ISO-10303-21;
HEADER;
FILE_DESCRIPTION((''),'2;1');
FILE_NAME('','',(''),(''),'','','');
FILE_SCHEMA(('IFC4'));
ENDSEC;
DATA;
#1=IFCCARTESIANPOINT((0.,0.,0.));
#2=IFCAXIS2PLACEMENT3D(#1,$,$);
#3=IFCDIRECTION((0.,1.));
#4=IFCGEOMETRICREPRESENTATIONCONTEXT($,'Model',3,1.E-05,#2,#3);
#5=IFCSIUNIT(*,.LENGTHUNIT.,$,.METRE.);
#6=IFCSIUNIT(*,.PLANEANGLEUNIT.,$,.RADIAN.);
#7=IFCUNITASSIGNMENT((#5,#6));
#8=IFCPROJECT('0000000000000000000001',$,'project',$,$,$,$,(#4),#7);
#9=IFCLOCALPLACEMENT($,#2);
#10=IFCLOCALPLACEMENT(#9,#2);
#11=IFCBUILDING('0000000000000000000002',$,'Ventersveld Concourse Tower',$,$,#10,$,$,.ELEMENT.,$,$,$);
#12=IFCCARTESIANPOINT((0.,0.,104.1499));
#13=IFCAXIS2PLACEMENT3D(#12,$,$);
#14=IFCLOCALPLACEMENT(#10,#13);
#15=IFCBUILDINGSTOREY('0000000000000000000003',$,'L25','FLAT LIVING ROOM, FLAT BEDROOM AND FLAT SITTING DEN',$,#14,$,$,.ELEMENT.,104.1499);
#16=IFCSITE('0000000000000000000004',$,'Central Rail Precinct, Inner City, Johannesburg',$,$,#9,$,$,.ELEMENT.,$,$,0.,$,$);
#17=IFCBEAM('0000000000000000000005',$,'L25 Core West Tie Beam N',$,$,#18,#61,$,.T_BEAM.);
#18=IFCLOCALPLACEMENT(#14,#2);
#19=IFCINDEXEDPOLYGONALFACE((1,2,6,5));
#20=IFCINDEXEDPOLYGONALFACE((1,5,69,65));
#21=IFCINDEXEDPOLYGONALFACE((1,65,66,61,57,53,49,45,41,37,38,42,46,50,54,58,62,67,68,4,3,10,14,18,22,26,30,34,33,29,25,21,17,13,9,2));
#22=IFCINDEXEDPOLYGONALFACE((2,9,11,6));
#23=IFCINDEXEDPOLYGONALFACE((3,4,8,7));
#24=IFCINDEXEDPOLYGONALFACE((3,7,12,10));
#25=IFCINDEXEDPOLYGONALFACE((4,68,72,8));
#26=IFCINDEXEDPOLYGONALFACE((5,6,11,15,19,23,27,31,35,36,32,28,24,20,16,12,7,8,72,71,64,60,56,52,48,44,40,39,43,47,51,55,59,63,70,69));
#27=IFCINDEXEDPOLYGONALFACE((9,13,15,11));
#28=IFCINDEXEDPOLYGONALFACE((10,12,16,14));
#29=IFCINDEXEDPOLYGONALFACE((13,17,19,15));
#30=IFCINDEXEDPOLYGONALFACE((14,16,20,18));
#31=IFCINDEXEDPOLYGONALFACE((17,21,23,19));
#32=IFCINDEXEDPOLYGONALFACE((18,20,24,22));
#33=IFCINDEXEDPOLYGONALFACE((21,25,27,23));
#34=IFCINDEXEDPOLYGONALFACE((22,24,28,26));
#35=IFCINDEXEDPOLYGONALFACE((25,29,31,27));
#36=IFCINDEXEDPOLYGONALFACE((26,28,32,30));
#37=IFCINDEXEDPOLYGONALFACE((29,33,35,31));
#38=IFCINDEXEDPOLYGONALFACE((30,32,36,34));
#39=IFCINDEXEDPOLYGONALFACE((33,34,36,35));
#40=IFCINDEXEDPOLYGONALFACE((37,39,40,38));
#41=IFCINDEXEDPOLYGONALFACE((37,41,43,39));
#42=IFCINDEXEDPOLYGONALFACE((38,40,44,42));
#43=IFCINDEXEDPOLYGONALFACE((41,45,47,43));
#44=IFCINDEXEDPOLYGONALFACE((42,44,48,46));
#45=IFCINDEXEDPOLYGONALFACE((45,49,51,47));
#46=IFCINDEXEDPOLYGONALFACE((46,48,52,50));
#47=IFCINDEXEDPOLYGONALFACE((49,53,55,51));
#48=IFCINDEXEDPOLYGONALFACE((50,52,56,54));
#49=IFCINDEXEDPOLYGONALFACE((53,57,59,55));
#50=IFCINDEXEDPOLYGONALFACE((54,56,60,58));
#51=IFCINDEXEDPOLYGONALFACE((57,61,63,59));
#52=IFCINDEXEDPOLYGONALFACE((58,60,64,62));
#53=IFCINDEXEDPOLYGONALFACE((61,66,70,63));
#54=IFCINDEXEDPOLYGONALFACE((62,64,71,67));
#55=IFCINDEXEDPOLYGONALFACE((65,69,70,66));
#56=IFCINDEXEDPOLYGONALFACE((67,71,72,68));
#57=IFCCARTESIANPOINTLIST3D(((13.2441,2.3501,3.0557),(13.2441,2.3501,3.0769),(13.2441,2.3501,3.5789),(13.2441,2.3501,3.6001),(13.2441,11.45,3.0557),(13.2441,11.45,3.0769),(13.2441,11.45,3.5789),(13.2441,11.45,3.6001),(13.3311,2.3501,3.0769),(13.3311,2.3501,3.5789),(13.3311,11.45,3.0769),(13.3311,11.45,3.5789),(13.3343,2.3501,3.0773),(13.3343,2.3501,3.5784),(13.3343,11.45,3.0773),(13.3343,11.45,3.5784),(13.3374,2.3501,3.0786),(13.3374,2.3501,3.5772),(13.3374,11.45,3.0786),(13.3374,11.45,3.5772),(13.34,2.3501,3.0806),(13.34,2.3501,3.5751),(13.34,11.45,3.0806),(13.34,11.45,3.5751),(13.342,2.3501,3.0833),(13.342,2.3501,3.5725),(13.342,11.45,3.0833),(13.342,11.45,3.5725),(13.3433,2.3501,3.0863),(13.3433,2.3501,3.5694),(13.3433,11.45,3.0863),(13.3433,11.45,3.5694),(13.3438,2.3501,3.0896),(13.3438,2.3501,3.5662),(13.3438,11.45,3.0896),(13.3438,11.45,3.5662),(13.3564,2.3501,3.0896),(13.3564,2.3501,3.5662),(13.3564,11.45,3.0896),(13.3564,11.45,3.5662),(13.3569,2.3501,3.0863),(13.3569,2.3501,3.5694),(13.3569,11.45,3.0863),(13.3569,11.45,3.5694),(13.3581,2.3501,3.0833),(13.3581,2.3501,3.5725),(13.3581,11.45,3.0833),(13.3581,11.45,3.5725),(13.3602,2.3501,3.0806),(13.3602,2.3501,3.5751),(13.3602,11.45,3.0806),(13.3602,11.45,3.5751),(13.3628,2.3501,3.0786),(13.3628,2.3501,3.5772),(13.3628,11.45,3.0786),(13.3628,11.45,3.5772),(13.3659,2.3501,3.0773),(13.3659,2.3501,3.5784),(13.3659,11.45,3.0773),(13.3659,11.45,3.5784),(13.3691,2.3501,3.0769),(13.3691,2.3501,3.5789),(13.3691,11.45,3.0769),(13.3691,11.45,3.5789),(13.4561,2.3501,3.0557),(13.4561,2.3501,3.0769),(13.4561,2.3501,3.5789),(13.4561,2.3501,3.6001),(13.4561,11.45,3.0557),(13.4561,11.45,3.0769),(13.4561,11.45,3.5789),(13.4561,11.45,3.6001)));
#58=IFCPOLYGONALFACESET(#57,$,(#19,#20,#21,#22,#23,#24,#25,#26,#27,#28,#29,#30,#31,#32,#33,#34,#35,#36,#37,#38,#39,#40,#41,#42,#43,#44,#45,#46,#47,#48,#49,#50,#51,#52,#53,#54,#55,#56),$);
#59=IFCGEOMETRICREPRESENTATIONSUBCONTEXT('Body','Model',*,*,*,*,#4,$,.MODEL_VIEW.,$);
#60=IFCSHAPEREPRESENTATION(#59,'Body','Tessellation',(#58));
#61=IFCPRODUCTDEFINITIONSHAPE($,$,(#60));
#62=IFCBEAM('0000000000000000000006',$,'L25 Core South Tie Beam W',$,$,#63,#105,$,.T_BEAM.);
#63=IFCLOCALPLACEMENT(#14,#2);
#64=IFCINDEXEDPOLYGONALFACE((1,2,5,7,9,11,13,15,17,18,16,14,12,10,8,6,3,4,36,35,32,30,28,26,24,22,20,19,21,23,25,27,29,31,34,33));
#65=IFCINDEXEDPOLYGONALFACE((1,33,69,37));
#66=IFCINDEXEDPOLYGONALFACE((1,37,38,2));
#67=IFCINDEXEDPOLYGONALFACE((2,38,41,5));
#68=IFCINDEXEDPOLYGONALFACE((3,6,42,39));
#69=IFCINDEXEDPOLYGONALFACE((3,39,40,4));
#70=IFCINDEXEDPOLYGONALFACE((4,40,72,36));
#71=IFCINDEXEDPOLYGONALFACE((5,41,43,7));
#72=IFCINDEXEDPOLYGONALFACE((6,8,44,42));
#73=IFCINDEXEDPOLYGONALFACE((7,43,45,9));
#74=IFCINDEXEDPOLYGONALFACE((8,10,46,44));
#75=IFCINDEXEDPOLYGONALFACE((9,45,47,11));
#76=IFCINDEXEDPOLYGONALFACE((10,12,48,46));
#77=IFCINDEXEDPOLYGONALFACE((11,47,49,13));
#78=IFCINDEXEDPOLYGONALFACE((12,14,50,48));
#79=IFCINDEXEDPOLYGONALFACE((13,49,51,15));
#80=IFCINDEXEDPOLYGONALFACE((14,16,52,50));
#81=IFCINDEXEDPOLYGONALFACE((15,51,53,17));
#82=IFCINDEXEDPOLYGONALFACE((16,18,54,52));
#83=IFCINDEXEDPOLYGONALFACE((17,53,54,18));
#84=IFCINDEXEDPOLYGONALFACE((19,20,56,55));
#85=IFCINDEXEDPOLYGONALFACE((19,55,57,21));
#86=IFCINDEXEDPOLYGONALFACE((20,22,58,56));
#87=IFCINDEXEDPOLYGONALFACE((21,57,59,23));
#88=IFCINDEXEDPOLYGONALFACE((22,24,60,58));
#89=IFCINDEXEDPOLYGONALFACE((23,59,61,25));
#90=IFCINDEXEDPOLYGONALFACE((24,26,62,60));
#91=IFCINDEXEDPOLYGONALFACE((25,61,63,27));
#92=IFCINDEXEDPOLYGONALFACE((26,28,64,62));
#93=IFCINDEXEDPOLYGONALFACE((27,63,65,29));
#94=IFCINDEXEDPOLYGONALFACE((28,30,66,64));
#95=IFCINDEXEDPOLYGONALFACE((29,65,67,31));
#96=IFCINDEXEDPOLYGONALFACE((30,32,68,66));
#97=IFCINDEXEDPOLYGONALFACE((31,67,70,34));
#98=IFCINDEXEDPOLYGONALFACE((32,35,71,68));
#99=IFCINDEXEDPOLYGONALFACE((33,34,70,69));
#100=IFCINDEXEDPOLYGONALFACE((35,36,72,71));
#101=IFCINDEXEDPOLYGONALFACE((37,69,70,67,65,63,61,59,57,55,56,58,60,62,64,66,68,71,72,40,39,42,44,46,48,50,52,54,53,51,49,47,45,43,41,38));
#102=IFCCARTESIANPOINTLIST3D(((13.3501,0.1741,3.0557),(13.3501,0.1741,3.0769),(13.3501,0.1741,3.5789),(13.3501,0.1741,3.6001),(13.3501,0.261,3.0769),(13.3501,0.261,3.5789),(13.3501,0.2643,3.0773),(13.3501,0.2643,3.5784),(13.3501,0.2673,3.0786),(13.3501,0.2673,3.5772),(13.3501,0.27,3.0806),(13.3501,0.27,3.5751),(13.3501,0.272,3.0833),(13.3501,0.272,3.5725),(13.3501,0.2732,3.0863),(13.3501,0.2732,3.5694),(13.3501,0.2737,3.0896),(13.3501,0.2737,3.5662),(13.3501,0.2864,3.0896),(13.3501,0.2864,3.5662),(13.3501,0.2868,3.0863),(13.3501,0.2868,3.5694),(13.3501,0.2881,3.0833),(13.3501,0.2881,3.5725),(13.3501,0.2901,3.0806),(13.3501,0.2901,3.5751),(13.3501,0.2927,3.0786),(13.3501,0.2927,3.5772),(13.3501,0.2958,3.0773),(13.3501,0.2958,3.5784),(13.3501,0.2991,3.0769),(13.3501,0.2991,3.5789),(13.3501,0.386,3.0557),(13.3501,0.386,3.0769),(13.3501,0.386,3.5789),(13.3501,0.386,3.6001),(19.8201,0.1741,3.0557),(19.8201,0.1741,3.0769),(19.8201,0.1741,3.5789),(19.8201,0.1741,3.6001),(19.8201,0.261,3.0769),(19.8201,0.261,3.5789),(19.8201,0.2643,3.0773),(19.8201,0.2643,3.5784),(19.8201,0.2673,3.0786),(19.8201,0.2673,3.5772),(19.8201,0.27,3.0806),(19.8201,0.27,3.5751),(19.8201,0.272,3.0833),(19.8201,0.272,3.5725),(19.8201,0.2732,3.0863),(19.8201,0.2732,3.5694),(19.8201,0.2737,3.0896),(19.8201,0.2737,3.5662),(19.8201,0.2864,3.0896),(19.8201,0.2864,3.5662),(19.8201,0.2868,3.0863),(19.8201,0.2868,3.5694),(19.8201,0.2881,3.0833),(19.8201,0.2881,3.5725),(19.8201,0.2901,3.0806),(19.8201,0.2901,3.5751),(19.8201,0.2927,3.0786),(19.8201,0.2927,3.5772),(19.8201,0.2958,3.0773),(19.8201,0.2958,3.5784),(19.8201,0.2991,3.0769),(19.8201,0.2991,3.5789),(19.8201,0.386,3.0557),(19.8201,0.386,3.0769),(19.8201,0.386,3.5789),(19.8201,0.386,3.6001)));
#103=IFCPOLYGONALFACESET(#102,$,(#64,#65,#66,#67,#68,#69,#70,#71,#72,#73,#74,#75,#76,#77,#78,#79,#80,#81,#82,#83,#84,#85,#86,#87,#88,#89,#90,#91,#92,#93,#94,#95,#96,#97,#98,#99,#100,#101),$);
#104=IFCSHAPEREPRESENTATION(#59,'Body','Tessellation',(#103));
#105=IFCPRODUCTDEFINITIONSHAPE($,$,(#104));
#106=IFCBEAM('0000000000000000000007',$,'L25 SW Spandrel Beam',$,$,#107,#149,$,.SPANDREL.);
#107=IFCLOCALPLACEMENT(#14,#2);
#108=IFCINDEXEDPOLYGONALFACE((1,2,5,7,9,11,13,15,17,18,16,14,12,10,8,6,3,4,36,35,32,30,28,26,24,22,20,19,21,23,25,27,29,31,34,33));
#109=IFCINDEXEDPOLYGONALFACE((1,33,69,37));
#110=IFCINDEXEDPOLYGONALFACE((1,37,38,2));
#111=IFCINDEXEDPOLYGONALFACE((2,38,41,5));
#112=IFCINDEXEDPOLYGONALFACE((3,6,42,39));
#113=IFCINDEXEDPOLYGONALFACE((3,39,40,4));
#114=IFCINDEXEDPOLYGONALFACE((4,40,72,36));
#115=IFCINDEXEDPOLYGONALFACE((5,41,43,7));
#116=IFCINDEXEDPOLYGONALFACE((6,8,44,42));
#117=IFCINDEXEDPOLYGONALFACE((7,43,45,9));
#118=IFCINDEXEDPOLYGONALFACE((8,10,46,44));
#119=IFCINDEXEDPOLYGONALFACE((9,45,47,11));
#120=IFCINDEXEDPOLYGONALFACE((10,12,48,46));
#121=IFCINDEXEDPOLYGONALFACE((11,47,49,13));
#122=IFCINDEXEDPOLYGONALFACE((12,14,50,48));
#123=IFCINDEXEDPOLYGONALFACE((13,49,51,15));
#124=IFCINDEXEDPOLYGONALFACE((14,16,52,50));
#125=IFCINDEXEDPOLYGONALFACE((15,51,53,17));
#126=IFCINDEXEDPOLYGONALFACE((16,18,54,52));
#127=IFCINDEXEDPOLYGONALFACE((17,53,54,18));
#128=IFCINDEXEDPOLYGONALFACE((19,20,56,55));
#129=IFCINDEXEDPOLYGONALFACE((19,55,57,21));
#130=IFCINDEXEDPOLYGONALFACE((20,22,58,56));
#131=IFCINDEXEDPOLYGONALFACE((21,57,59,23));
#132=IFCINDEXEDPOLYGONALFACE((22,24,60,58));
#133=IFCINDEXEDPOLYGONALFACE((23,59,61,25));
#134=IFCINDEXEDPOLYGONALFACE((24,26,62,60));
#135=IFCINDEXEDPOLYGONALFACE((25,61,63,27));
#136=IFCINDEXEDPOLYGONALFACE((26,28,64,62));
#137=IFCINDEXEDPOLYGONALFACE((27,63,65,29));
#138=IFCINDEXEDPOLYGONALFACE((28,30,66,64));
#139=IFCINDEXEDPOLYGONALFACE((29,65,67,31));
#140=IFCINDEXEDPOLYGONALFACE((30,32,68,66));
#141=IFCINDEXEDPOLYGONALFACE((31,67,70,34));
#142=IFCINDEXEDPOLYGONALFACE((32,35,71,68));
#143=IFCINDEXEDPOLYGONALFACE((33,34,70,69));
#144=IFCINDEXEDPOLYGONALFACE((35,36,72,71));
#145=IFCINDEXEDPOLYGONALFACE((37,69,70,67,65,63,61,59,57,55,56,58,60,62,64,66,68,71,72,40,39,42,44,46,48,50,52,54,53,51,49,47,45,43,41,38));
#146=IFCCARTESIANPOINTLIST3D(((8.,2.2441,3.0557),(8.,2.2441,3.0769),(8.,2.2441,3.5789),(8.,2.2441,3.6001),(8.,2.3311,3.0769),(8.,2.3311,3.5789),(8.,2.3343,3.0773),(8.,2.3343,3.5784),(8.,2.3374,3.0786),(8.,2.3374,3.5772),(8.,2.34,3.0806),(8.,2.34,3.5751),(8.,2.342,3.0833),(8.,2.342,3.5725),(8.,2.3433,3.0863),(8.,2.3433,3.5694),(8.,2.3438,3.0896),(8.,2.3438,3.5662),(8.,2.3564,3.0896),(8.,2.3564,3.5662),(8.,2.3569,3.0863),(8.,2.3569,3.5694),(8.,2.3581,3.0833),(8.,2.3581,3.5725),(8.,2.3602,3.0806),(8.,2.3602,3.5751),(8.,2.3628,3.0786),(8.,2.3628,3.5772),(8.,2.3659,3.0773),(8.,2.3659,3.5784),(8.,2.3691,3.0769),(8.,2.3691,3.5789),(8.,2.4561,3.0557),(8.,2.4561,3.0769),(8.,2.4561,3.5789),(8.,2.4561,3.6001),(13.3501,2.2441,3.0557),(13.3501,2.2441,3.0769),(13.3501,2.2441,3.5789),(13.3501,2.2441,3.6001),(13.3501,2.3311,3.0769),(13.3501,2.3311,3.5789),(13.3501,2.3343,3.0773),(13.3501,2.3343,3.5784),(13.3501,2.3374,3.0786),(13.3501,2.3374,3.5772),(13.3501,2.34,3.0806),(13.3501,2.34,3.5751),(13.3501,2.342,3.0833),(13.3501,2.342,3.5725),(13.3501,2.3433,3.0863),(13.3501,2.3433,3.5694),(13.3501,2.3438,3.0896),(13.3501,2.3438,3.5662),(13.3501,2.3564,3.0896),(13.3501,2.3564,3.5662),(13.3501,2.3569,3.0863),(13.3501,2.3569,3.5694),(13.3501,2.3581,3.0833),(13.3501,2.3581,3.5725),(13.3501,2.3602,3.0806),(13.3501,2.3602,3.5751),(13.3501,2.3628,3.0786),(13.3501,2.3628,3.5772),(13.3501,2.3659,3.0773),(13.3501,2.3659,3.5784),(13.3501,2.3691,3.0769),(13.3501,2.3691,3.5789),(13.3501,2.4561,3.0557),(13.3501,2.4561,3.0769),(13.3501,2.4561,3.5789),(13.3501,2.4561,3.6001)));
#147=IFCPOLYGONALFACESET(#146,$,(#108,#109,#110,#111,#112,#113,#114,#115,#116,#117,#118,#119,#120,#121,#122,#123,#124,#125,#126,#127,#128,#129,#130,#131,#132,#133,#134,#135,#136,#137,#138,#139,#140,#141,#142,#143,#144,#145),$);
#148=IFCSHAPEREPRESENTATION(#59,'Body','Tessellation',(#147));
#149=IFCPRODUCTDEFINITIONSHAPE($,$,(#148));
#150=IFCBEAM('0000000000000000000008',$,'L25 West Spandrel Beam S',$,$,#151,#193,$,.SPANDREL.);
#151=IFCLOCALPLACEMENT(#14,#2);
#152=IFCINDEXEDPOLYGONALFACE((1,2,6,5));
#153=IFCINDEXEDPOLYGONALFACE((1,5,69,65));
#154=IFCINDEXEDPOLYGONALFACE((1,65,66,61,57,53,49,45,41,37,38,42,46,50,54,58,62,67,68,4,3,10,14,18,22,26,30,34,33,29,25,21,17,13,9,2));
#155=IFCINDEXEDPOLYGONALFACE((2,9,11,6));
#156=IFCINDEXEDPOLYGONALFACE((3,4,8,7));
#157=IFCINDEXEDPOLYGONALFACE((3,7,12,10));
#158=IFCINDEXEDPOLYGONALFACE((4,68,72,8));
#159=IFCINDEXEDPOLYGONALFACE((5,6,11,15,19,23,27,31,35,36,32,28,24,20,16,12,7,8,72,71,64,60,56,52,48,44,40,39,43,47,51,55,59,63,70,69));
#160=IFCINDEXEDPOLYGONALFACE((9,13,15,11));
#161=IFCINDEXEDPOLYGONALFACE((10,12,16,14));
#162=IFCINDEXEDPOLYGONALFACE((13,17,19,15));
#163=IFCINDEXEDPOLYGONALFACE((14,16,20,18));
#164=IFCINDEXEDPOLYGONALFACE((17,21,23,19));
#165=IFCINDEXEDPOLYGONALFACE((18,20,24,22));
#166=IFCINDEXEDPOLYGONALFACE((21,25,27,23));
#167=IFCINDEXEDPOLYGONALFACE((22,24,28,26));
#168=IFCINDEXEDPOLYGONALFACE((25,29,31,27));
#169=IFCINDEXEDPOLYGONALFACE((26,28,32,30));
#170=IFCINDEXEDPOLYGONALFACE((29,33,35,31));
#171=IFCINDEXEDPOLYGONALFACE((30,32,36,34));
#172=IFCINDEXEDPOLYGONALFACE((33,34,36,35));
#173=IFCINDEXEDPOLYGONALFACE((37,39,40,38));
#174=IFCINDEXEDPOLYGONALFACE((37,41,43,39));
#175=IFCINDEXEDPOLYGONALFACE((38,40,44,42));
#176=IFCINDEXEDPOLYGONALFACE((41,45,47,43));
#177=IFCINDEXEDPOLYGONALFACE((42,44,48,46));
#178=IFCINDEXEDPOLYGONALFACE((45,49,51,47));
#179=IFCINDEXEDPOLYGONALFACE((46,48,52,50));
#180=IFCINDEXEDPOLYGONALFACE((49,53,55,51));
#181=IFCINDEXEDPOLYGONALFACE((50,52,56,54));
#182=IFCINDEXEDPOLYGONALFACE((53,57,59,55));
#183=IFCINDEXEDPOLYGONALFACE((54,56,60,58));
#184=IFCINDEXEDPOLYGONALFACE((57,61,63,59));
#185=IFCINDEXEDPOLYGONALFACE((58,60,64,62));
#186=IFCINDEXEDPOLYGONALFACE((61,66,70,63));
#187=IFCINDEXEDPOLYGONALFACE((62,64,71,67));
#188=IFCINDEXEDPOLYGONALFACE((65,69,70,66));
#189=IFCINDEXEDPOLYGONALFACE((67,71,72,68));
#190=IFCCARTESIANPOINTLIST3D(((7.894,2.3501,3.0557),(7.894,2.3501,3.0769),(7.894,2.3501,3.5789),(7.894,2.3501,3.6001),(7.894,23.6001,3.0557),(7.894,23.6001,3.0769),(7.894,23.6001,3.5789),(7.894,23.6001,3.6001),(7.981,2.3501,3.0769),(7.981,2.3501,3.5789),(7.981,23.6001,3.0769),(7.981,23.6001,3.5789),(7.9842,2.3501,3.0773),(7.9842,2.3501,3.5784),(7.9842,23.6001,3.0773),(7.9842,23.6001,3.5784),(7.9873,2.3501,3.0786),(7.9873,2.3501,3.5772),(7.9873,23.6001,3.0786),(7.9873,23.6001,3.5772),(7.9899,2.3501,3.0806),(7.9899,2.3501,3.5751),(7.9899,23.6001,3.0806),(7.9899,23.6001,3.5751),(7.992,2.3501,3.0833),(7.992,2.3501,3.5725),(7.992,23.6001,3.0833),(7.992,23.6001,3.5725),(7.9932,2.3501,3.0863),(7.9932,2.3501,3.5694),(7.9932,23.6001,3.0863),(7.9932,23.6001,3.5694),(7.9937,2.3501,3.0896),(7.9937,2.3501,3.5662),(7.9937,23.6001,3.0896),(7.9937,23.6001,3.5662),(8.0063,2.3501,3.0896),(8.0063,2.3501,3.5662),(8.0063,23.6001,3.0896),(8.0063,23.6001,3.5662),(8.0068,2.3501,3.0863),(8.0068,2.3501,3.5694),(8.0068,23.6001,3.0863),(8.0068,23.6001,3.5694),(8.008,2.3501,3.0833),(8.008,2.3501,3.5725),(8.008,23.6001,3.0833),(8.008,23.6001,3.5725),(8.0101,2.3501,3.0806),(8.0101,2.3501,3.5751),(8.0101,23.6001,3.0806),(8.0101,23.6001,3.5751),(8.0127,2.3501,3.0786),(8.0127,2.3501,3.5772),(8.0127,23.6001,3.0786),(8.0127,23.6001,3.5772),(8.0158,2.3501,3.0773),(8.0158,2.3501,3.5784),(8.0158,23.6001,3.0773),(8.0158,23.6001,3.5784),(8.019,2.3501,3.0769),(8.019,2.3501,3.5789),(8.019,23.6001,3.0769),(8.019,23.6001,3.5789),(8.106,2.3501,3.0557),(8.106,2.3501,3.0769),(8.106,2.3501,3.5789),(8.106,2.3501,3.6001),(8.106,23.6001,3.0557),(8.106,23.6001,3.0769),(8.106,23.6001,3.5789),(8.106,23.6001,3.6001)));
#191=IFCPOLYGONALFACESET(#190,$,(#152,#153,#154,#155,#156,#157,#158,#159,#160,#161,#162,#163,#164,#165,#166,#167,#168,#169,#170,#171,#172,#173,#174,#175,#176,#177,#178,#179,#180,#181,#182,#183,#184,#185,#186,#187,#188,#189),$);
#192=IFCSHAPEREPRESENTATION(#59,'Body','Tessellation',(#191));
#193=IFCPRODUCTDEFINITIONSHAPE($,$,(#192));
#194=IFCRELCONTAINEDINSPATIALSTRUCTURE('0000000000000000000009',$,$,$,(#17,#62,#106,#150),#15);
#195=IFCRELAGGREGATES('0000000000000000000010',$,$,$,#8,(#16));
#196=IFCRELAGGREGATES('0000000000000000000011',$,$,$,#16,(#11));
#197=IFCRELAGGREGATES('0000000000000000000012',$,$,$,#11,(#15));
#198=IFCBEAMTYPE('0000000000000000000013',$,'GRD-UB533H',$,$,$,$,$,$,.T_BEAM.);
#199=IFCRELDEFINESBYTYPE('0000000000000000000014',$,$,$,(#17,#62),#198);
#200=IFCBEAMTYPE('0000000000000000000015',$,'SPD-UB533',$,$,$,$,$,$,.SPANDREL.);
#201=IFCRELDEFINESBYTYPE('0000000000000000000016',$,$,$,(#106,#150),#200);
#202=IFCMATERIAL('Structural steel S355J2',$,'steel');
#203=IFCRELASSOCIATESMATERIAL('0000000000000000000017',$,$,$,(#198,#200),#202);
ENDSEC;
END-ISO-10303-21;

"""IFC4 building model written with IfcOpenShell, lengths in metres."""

from ifc_helpers import new_model, si_unit, direction, frame, origin, origin_2d, place, context, subcontext, project, spatial, i_section, extrude, material, material_profile, profile_set, type_object, element, save


model = new_model("IFC4")

# Units and contexts
model_context = context("Model", 3, precision=1e-05, world=origin(), true_north=direction((0.0, 1.0)))
body_context = subcontext(model_context, "Body", "Model", "MODEL_VIEW")
ifc_project = project(units=[si_unit("LENGTHUNIT", "METRE"), si_unit("PLANEANGLEUNIT", "RADIAN")], contexts=[model_context])

# Site, building, storey
site_placement = place(None, origin())
site = spatial("IfcSite", under=ifc_project, at=site_placement, Name="Central Rail Precinct, Inner City, Johannesburg", CompositionType="ELEMENT", RefElevation=0.0)
building_placement = place(site_placement, origin())
building = spatial("IfcBuilding", under=site, at=building_placement, Name="Ventersveld Concourse Tower", CompositionType="ELEMENT")
storey_placement = place(building_placement, frame((0.0, 0.0, 104.1499)))
storey = spatial("IfcBuildingStorey", under=building, at=storey_placement, Name="L25", Description="FLAT LIVING ROOM, FLAT BEDROOM AND FLAT SITTING DEN", CompositionType="ELEMENT", Elevation=104.1499)

# Beams
ifc_material_1 = material(Name="Structural steel S355J2", Category="steel")
ifc_material_profile_1 = material_profile(ifc_material_1, i_section(OverallWidth=0.2119, OverallDepth=0.5444, WebThickness=0.0127, FlangeThickness=0.0212, FilletRadius=0.0127, at=origin_2d()), Name="UB 533x210x122")
ifc_profile_set_1 = profile_set([ifc_material_profile_1], Name="Structural steel S355J2")
beam_type_1 = type_object("IfcBeamType", Name="GRD-UB533H", PredefinedType="T_BEAM", material=ifc_profile_set_1)
beam_1_placement = place(storey_placement, frame((13.3501, 2.3501, 3.3279), z_axis=(0.0, 1.0, 0.0), x_axis=(-1.0, 0.0, 0.0)))
element("IfcBeam", 1, at=beam_1_placement, inside=storey, type_object=beam_type_1, Name="L25 Core West Tie Beam N", PredefinedType="T_BEAM", context=body_context, shape_type="SweptSolid", body=[
    extrude(i_section(OverallWidth=0.2119, OverallDepth=0.5444, WebThickness=0.0127, FlangeThickness=0.0212, FilletRadius=0.0127, at=origin_2d()), origin(), (0.0, 0.0, 1.0), 9.0999),
])
beam_2_placement = place(storey_placement, frame((13.3501, 0.28, 3.3279), z_axis=(1.0, 0.0, 0.0), x_axis=(0.0, 1.0, 0.0)))
element("IfcBeam", 2, at=beam_2_placement, inside=storey, type_object=beam_type_1, Name="L25 Core South Tie Beam W", PredefinedType="T_BEAM", context=body_context, shape_type="SweptSolid", body=[
    extrude(i_section(OverallWidth=0.2119, OverallDepth=0.5444, WebThickness=0.0127, FlangeThickness=0.0212, FilletRadius=0.0127, at=origin_2d()), origin(), (0.0, 0.0, 1.0), 6.47),
])
ifc_material_profile_2 = material_profile(ifc_material_1, i_section(OverallWidth=0.2119, OverallDepth=0.5444, WebThickness=0.0127, FlangeThickness=0.0212, FilletRadius=0.0127, at=origin_2d()), Name="UB 533x210x122")
ifc_profile_set_2 = profile_set([ifc_material_profile_2], Name="Structural steel S355J2")
beam_type_2 = type_object("IfcBeamType", Name="SPD-UB533", PredefinedType="SPANDREL", material=ifc_profile_set_2)
beam_3_placement = place(storey_placement, frame((8.0, 2.3501, 3.3279), z_axis=(1.0, 0.0, 0.0), x_axis=(0.0, 1.0, 0.0)))
element("IfcBeam", 3, at=beam_3_placement, inside=storey, type_object=beam_type_2, Name="L25 SW Spandrel Beam", PredefinedType="SPANDREL", context=body_context, shape_type="SweptSolid", body=[
    extrude(i_section(OverallWidth=0.2119, OverallDepth=0.5444, WebThickness=0.0127, FlangeThickness=0.0212, FilletRadius=0.0127, at=origin_2d()), origin(), (0.0, 0.0, 1.0), 5.3501),
])
beam_4_placement = place(storey_placement, frame((8.0, 2.3501, 3.3279), z_axis=(0.0, 1.0, 0.0), x_axis=(-1.0, 0.0, 0.0)))
element("IfcBeam", 4, at=beam_4_placement, inside=storey, type_object=beam_type_2, Name="L25 West Spandrel Beam S", PredefinedType="SPANDREL", context=body_context, shape_type="SweptSolid", body=[
    extrude(i_section(OverallWidth=0.2119, OverallDepth=0.5444, WebThickness=0.0127, FlangeThickness=0.0212, FilletRadius=0.0127, at=origin_2d()), origin(), (0.0, 0.0, 1.0), 21.25),
])

save(model, "model.ifc")
